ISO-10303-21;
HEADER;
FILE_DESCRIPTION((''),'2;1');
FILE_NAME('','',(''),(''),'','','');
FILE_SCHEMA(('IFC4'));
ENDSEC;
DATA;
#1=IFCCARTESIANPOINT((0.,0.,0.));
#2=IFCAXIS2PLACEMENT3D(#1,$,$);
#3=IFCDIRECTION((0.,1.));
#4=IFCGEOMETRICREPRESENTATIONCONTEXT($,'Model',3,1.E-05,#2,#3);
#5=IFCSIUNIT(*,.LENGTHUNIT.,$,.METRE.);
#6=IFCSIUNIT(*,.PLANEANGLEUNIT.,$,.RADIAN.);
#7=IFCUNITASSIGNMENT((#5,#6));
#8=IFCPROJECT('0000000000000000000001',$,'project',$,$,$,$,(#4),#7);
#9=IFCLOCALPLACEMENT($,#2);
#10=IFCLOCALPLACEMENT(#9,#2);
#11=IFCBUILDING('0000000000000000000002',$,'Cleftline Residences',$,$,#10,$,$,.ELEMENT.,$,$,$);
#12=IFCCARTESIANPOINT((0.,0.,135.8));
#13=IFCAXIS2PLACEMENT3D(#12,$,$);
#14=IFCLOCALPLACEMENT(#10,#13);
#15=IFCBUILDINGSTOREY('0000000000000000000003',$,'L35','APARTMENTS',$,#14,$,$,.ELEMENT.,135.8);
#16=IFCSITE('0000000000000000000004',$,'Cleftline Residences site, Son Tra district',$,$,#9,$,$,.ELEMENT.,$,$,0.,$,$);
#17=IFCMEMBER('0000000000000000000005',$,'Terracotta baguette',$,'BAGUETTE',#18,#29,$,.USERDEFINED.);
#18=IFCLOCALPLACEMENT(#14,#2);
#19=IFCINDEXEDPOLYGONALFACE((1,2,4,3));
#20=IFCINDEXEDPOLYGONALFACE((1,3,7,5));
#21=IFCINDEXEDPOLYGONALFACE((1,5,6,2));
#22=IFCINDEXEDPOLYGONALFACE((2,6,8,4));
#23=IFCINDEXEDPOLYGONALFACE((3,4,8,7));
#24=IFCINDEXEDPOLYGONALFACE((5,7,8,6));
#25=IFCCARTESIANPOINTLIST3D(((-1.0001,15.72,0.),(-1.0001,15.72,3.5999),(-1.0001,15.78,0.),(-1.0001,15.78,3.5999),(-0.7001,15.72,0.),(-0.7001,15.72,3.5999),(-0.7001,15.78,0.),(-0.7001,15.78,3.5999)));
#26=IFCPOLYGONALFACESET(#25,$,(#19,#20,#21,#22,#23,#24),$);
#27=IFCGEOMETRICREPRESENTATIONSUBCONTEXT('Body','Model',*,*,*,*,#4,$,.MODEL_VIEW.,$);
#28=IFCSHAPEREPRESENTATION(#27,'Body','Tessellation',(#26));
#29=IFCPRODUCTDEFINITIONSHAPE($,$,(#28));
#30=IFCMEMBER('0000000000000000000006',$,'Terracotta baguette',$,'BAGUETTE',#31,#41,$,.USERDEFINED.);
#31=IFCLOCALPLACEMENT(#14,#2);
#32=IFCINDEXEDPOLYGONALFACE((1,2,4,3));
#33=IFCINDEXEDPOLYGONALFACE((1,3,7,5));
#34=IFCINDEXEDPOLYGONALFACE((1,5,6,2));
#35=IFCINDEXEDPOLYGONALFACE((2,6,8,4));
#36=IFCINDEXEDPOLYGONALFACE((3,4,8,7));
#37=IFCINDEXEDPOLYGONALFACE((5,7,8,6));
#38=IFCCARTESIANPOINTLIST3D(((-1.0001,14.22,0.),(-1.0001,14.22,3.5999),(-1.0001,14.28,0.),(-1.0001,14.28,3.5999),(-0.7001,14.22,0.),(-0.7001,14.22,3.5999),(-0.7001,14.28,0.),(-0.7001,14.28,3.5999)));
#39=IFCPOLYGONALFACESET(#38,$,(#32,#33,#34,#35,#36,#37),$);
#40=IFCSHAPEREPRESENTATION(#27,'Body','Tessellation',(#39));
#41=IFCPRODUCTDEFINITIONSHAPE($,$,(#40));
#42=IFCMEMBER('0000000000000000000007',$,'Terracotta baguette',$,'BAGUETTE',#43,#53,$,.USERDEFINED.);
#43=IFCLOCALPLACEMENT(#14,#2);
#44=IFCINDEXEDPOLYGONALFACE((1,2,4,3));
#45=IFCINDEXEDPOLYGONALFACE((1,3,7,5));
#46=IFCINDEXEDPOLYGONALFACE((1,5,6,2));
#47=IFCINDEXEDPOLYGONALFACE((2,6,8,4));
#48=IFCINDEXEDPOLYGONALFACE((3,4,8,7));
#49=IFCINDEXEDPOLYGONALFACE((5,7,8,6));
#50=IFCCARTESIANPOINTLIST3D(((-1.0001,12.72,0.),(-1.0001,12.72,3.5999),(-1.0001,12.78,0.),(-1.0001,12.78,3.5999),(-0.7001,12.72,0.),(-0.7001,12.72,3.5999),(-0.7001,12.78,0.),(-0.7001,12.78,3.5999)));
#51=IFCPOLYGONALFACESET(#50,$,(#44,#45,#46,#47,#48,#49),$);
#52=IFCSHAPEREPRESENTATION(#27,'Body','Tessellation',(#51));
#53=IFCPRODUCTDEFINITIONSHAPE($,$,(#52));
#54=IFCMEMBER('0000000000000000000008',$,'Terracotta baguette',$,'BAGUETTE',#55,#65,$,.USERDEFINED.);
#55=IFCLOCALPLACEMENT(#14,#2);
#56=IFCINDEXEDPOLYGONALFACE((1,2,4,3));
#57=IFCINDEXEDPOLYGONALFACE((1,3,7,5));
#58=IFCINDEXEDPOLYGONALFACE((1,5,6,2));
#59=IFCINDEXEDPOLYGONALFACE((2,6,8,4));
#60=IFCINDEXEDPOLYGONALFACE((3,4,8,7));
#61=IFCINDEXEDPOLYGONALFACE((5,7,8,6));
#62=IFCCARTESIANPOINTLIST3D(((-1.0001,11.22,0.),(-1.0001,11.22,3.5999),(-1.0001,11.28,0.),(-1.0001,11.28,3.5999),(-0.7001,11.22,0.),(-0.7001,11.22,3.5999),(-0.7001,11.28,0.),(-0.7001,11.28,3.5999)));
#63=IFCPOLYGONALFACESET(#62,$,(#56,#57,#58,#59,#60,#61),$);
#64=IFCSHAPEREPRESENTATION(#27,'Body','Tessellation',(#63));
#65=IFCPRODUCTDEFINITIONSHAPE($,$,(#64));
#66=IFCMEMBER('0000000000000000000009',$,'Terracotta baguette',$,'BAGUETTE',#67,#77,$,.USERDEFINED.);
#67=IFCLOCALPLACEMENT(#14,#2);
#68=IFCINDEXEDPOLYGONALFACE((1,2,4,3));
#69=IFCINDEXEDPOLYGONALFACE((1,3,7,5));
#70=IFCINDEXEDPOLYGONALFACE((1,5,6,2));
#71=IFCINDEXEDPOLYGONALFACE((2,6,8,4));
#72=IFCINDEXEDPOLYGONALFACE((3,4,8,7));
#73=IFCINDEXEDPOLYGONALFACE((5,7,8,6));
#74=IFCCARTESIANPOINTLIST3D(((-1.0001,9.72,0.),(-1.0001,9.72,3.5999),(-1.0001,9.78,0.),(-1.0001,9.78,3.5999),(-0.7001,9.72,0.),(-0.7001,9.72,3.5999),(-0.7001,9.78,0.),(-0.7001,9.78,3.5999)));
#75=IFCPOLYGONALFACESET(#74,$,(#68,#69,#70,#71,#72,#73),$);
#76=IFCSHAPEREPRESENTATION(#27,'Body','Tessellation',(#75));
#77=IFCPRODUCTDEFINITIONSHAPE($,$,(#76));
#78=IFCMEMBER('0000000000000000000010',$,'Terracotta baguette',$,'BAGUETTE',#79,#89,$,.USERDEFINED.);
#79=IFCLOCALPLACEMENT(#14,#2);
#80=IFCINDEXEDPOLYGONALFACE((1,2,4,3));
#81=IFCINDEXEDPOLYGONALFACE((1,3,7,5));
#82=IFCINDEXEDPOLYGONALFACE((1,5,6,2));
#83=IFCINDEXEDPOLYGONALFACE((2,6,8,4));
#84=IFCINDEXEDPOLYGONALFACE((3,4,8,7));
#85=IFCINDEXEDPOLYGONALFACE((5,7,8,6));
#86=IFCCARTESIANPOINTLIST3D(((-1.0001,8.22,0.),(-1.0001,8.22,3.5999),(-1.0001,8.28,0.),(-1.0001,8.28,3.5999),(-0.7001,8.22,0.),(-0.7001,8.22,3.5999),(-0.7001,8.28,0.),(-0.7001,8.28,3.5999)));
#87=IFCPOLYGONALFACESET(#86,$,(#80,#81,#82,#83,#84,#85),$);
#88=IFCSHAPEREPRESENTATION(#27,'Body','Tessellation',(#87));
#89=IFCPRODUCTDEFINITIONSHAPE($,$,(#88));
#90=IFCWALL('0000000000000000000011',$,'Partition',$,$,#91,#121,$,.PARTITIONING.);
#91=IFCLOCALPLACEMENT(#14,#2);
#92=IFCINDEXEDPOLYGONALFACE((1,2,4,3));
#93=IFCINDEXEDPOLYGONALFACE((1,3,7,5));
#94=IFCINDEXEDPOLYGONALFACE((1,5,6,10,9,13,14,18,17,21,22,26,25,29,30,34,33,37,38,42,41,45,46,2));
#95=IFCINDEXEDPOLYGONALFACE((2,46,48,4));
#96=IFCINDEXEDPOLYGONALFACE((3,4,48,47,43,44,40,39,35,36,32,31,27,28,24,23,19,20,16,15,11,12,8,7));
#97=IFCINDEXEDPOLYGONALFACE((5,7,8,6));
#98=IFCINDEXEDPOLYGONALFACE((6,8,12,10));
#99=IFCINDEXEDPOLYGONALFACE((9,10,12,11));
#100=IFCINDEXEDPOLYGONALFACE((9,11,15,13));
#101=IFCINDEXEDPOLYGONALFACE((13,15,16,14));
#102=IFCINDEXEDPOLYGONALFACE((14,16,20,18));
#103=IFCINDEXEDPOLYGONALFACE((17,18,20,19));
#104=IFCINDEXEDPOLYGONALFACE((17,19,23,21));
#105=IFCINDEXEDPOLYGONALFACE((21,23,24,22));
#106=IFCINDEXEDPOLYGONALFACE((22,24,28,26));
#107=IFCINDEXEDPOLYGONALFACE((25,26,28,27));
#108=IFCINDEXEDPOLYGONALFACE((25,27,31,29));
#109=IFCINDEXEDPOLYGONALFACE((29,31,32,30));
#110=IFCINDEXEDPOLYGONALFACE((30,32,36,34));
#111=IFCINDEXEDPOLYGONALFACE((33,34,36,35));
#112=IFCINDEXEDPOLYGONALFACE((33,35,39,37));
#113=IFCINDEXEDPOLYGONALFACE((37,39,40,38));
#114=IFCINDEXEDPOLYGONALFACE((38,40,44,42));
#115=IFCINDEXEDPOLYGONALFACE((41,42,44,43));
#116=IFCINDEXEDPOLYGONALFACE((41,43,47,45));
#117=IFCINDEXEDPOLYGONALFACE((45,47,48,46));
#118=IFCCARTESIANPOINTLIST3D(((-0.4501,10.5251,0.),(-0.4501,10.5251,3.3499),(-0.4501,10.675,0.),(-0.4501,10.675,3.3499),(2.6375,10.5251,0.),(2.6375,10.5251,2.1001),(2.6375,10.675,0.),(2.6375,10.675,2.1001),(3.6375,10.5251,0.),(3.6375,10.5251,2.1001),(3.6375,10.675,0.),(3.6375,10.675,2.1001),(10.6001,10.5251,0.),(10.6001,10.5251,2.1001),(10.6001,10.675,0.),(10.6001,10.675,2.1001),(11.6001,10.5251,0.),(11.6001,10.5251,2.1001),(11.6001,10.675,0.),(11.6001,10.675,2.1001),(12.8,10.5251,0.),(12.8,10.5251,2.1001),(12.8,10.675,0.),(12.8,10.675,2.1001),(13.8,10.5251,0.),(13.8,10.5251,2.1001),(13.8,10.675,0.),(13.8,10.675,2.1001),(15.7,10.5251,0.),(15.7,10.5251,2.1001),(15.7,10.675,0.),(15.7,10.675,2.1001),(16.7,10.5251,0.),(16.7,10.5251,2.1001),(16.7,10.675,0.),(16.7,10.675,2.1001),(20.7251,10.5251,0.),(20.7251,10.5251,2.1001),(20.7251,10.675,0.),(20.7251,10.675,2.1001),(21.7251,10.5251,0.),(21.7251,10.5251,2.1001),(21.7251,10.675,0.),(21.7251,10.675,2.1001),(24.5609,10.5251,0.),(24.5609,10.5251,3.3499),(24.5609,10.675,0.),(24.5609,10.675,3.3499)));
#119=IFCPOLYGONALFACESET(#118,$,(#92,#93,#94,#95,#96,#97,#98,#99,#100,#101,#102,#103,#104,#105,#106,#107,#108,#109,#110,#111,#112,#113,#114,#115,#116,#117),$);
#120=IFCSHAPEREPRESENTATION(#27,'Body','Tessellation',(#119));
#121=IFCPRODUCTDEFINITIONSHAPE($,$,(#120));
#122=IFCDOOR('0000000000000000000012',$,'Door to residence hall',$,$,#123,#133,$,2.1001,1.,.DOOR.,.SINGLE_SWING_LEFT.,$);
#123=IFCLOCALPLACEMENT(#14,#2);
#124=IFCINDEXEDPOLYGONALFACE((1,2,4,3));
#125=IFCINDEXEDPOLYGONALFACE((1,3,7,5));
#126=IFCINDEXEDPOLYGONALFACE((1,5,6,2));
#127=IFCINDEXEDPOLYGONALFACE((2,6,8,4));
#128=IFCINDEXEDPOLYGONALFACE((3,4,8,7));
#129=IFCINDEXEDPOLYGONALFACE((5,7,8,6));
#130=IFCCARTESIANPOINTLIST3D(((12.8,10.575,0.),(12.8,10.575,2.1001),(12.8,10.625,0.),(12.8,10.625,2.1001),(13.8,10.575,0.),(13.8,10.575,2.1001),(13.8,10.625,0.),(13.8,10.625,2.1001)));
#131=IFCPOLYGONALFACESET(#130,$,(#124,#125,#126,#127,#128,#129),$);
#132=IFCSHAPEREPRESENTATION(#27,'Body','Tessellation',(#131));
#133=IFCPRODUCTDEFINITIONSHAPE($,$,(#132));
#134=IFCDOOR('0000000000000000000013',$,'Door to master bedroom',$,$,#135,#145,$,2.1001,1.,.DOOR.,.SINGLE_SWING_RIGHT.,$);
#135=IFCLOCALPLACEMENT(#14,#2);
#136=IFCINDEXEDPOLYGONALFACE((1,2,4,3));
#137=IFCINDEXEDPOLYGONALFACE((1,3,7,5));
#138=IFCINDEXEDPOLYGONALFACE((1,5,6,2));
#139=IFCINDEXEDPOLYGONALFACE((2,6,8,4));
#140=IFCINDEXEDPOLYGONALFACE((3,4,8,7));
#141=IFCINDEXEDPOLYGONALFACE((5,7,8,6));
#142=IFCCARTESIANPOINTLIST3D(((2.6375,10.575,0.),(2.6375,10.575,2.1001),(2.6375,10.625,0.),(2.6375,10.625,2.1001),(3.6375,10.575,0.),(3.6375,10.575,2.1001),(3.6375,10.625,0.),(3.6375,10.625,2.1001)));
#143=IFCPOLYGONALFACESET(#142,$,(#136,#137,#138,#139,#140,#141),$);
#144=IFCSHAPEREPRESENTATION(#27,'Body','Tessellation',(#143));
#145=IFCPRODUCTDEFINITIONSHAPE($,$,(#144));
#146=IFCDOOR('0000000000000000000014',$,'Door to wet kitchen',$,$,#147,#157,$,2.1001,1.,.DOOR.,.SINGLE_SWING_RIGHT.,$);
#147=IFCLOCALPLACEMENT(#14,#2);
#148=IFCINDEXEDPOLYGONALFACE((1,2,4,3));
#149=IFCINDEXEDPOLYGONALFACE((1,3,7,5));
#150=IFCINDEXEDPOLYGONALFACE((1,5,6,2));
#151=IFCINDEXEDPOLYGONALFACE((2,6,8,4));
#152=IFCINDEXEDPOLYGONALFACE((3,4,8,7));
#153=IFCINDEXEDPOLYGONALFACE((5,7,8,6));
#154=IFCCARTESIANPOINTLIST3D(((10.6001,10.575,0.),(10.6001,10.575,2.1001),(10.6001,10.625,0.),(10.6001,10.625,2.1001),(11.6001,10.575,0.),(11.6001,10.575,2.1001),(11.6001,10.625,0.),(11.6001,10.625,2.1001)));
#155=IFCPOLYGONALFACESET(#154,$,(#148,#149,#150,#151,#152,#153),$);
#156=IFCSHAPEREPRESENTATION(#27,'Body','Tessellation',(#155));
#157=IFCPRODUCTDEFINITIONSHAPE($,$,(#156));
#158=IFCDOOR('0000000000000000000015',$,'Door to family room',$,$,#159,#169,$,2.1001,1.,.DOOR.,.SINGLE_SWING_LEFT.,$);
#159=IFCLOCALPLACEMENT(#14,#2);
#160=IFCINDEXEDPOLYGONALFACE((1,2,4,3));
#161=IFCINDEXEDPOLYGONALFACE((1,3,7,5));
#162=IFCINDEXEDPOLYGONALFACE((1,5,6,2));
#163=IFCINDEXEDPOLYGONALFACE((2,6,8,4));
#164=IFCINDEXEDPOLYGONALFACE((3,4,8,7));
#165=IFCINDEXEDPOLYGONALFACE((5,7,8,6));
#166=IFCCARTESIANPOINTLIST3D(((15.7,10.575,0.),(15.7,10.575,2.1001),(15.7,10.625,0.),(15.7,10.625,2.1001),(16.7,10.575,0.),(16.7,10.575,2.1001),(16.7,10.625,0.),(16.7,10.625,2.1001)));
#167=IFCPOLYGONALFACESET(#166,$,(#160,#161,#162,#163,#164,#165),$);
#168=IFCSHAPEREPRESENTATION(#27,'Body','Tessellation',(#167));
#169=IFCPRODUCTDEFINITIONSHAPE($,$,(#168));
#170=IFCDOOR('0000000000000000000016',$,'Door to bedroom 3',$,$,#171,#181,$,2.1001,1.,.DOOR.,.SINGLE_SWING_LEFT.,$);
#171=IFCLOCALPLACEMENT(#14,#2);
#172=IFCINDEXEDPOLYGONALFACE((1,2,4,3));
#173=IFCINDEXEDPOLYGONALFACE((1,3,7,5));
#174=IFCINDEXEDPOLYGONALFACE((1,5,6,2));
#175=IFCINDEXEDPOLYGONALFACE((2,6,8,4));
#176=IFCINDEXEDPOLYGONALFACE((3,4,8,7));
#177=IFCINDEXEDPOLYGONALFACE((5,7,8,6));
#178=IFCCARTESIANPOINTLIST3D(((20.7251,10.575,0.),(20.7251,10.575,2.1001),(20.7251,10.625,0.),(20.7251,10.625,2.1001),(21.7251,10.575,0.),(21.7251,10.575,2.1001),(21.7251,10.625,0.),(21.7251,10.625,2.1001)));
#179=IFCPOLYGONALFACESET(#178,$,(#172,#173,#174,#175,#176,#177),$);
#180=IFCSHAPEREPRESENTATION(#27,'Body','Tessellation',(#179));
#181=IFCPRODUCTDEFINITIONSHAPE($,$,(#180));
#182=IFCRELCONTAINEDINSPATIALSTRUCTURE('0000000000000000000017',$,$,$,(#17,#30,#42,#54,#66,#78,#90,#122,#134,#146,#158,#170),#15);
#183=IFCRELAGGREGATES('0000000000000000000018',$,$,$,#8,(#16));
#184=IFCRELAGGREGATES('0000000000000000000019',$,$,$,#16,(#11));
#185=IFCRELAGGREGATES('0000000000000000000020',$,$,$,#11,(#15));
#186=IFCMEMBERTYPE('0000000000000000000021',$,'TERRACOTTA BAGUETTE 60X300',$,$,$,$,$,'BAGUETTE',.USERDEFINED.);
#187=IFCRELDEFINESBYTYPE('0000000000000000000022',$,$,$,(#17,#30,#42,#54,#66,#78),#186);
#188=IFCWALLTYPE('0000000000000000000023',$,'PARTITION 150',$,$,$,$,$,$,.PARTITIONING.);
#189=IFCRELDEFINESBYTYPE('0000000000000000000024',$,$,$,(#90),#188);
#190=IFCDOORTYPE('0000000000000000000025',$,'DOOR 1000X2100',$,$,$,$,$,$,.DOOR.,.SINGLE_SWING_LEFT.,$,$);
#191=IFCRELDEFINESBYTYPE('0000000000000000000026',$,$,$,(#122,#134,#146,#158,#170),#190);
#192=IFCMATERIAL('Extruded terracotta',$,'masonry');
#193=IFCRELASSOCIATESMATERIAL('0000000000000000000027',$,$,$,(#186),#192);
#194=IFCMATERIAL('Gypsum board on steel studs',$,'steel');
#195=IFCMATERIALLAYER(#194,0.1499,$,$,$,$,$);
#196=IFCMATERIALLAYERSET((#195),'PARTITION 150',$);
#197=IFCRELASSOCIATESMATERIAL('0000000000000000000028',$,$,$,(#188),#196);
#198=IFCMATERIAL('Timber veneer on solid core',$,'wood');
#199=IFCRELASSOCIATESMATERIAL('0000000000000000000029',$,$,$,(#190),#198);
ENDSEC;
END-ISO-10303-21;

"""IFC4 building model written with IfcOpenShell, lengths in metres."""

from ifc_helpers import new_model, si_unit, direction, frame, frame_2d, origin, origin_2d, place, context, subcontext, project, spatial, rectangle, extrude, material, layer, layer_set, material_profile, profile_set, type_object, element, fill, save


model = new_model("IFC4")

# Units and contexts
model_context = context("Model", 3, precision=1e-05, world=origin(), true_north=direction((0.0, 1.0)))
body_context = subcontext(model_context, "Body", "Model", "MODEL_VIEW")
ifc_project = project(units=[si_unit("LENGTHUNIT", "METRE"), si_unit("PLANEANGLEUNIT", "RADIAN")], contexts=[model_context])

# Site, building, storey
site_placement = place(None, origin())
site = spatial("IfcSite", under=ifc_project, at=site_placement, Name="Cleftline Residences site, Son Tra district", CompositionType="ELEMENT", RefElevation=0.0)
building_placement = place(site_placement, origin())
building = spatial("IfcBuilding", under=site, at=building_placement, Name="Cleftline Residences", CompositionType="ELEMENT")
storey_placement = place(building_placement, frame((0.0, 0.0, 135.8)))
storey = spatial("IfcBuildingStorey", under=building, at=storey_placement, Name="L35", Description="APARTMENTS", CompositionType="ELEMENT", Elevation=135.8)

# Members
ifc_material_1 = material(Name="Extruded terracotta", Category="masonry")
ifc_material_profile = material_profile(ifc_material_1, rectangle(XDim=0.0601, YDim=0.3, at=origin_2d()))
ifc_profile_set = profile_set([ifc_material_profile], Name="Extruded terracotta")
member_type = type_object("IfcMemberType", Name="TERRACOTTA BAGUETTE 60X300", ElementType="BAGUETTE", PredefinedType="USERDEFINED", material=ifc_profile_set)
for number, where, z_axis, x_axis, name in (
    (1, (-0.8501, 15.75, 0.0), (0.0, 0.0, 1.0), (0.0, 1.0, 0.0), "Terracotta baguette"),
    (2, (-0.8501, 14.25, 0.0), (0.0, 0.0, 1.0), (0.0, 1.0, 0.0), "Terracotta baguette"),
    (3, (-0.8501, 12.75, 0.0), (0.0, 0.0, 1.0), (0.0, 1.0, 0.0), "Terracotta baguette"),
    (4, (-0.8501, 11.25, 0.0), (0.0, 0.0, 1.0), (0.0, 1.0, 0.0), "Terracotta baguette"),
    (5, (-0.8501, 9.75, 0.0), (0.0, 0.0, 1.0), (0.0, 1.0, 0.0), "Terracotta baguette"),
    (6, (-0.8501, 8.25, 0.0), (0.0, 0.0, 1.0), (0.0, 1.0, 0.0), "Terracotta baguette"),
):
    element("IfcMember", number, at=place(storey_placement, frame(where, z_axis=z_axis, x_axis=x_axis)), inside=storey, type_object=member_type, Name=name, ObjectType="BAGUETTE", PredefinedType="USERDEFINED", context=body_context, shape_type="SweptSolid", body=[
        extrude(rectangle(XDim=0.0601, YDim=0.3, at=origin_2d()), origin(), (0.0, 0.0, 1.0), 3.5999),
    ])

# Wall, openings, doors
ifc_material_2 = material(Name="Gypsum board on steel studs", Category="steel")
ifc_layer = layer(ifc_material_2, 0.1499)
ifc_layer_set = layer_set([ifc_layer], Name="PARTITION 150")
wall_type = type_object("IfcWallType", Name="PARTITION 150", PredefinedType="PARTITIONING", material=ifc_layer_set)
wall_1_placement = place(storey_placement, frame((-0.45, 10.6001, 0.0), z_axis=(0.0, 0.0, 1.0), x_axis=(1.0, 0.0, 0.0)))
wall_1 = element("IfcWall", 7, at=wall_1_placement, inside=storey, type_object=wall_type, Name="Partition", PredefinedType="PARTITIONING", context=body_context, shape_type="SweptSolid", body=[
    extrude(rectangle(XDim=25.011, YDim=0.1499, at=frame_2d((12.5054, 0.0))), origin(), (0.0, 0.0, 1.0), 3.3499),
])
opening_1_placement = place(wall_1_placement, frame((13.25, 0.0, 0.0)))
opening_1 = element("IfcOpeningElement", 8, at=opening_1_placement, cuts=wall_1, PredefinedType="OPENING", context=body_context, shape_type="SweptSolid", body=[
    extrude(rectangle(XDim=1.0, YDim=2.1001, at=frame_2d((0.5, 1.05))), frame((0.0, 0.085, 0.0), z_axis=(0.0, -1.0, 0.0), x_axis=(1.0, 0.0, 0.0)), (0.0, 0.0, 1.0), 0.1699),
])
opening_2_placement = place(wall_1_placement, frame((3.0874, 0.0, 0.0)))
opening_2 = element("IfcOpeningElement", 9, at=opening_2_placement, cuts=wall_1, PredefinedType="OPENING", context=body_context, shape_type="SweptSolid", body=[
    extrude(rectangle(XDim=1.0, YDim=2.1001, at=frame_2d((0.5, 1.05))), frame((0.0, 0.085, 0.0), z_axis=(0.0, -1.0, 0.0), x_axis=(1.0, 0.0, 0.0)), (0.0, 0.0, 1.0), 0.1699),
])
opening_3_placement = place(wall_1_placement, frame((11.05, 0.0, 0.0)))
opening_3 = element("IfcOpeningElement", 10, at=opening_3_placement, cuts=wall_1, PredefinedType="OPENING", context=body_context, shape_type="SweptSolid", body=[
    extrude(rectangle(XDim=1.0, YDim=2.1001, at=frame_2d((0.5, 1.05))), frame((0.0, 0.085, 0.0), z_axis=(0.0, -1.0, 0.0), x_axis=(1.0, 0.0, 0.0)), (0.0, 0.0, 1.0), 0.1699),
])
opening_4_placement = place(wall_1_placement, frame((16.1499, 0.0, 0.0)))
opening_4 = element("IfcOpeningElement", 11, at=opening_4_placement, cuts=wall_1, PredefinedType="OPENING", context=body_context, shape_type="SweptSolid", body=[
    extrude(rectangle(XDim=1.0, YDim=2.1001, at=frame_2d((0.5, 1.05))), frame((0.0, 0.085, 0.0), z_axis=(0.0, -1.0, 0.0), x_axis=(1.0, 0.0, 0.0)), (0.0, 0.0, 1.0), 0.1699),
])
opening_5_placement = place(wall_1_placement, frame((21.175, 0.0, 0.0)))
opening_5 = element("IfcOpeningElement", 12, at=opening_5_placement, cuts=wall_1, PredefinedType="OPENING", context=body_context, shape_type="SweptSolid", body=[
    extrude(rectangle(XDim=1.0, YDim=2.1001, at=frame_2d((0.5, 1.05))), frame((0.0, 0.085, 0.0), z_axis=(0.0, -1.0, 0.0), x_axis=(1.0, 0.0, 0.0)), (0.0, 0.0, 1.0), 0.1699),
])
ifc_material_3 = material(Name="Timber veneer on solid core", Category="wood")
door_type_1 = type_object("IfcDoorType", Name="DOOR 1000X2100", OperationType="SINGLE_SWING_LEFT", PredefinedType="DOOR", material=ifc_material_3)
door_1_placement = place(opening_1_placement, origin())
door_1 = element("IfcDoor", 13, at=door_1_placement, inside=storey, type_object=door_type_1, Name="Door to residence hall", OperationType="SINGLE_SWING_LEFT", OverallHeight=2.1001, OverallWidth=1.0, PredefinedType="DOOR", context=body_context, shape_type="SweptSolid", body=[
    extrude(rectangle(XDim=1.0, YDim=2.1001, at=frame_2d((0.5, 1.05))), frame((0.0, 0.0249, 0.0), z_axis=(0.0, -1.0, 0.0), x_axis=(1.0, 0.0, 0.0)), (0.0, 0.0, 1.0), 0.05),
])
fill(opening_1, door_1)
door_2_placement = place(opening_2_placement, origin())
door_2 = element("IfcDoor", 14, at=door_2_placement, inside=storey, type_object=door_type_1, Name="Door to master bedroom", OperationType="SINGLE_SWING_RIGHT", OverallHeight=2.1001, OverallWidth=1.0, PredefinedType="DOOR", context=body_context, shape_type="SweptSolid", body=[
    extrude(rectangle(XDim=1.0, YDim=2.1001, at=frame_2d((0.5, 1.05))), frame((0.0, 0.0249, 0.0), z_axis=(0.0, -1.0, 0.0), x_axis=(1.0, 0.0, 0.0)), (0.0, 0.0, 1.0), 0.05),
])
fill(opening_2, door_2)
door_3_placement = place(opening_3_placement, origin())
door_3 = element("IfcDoor", 15, at=door_3_placement, inside=storey, type_object=door_type_1, Name="Door to wet kitchen", OperationType="SINGLE_SWING_RIGHT", OverallHeight=2.1001, OverallWidth=1.0, PredefinedType="DOOR", context=body_context, shape_type="SweptSolid", body=[
    extrude(rectangle(XDim=1.0, YDim=2.1001, at=frame_2d((0.5, 1.05))), frame((0.0, 0.0249, 0.0), z_axis=(0.0, -1.0, 0.0), x_axis=(1.0, 0.0, 0.0)), (0.0, 0.0, 1.0), 0.05),
])
fill(opening_3, door_3)
door_4_placement = place(opening_4_placement, origin())
door_4 = element("IfcDoor", 16, at=door_4_placement, inside=storey, type_object=door_type_1, Name="Door to family room", OperationType="SINGLE_SWING_LEFT", OverallHeight=2.1001, OverallWidth=1.0, PredefinedType="DOOR", context=body_context, shape_type="SweptSolid", body=[
    extrude(rectangle(XDim=1.0, YDim=2.1001, at=frame_2d((0.5, 1.05))), frame((0.0, 0.0249, 0.0), z_axis=(0.0, -1.0, 0.0), x_axis=(1.0, 0.0, 0.0)), (0.0, 0.0, 1.0), 0.05),
])
fill(opening_4, door_4)
door_5_placement = place(opening_5_placement, origin())
door_5 = element("IfcDoor", 17, at=door_5_placement, inside=storey, type_object=door_type_1, Name="Door to bedroom 3", OperationType="SINGLE_SWING_LEFT", OverallHeight=2.1001, OverallWidth=1.0, PredefinedType="DOOR", context=body_context, shape_type="SweptSolid", body=[
    extrude(rectangle(XDim=1.0, YDim=2.1001, at=frame_2d((0.5, 1.05))), frame((0.0, 0.0249, 0.0), z_axis=(0.0, -1.0, 0.0), x_axis=(1.0, 0.0, 0.0)), (0.0, 0.0, 1.0), 0.05),
])
fill(opening_5, door_5)

save(model, "model.ifc")
